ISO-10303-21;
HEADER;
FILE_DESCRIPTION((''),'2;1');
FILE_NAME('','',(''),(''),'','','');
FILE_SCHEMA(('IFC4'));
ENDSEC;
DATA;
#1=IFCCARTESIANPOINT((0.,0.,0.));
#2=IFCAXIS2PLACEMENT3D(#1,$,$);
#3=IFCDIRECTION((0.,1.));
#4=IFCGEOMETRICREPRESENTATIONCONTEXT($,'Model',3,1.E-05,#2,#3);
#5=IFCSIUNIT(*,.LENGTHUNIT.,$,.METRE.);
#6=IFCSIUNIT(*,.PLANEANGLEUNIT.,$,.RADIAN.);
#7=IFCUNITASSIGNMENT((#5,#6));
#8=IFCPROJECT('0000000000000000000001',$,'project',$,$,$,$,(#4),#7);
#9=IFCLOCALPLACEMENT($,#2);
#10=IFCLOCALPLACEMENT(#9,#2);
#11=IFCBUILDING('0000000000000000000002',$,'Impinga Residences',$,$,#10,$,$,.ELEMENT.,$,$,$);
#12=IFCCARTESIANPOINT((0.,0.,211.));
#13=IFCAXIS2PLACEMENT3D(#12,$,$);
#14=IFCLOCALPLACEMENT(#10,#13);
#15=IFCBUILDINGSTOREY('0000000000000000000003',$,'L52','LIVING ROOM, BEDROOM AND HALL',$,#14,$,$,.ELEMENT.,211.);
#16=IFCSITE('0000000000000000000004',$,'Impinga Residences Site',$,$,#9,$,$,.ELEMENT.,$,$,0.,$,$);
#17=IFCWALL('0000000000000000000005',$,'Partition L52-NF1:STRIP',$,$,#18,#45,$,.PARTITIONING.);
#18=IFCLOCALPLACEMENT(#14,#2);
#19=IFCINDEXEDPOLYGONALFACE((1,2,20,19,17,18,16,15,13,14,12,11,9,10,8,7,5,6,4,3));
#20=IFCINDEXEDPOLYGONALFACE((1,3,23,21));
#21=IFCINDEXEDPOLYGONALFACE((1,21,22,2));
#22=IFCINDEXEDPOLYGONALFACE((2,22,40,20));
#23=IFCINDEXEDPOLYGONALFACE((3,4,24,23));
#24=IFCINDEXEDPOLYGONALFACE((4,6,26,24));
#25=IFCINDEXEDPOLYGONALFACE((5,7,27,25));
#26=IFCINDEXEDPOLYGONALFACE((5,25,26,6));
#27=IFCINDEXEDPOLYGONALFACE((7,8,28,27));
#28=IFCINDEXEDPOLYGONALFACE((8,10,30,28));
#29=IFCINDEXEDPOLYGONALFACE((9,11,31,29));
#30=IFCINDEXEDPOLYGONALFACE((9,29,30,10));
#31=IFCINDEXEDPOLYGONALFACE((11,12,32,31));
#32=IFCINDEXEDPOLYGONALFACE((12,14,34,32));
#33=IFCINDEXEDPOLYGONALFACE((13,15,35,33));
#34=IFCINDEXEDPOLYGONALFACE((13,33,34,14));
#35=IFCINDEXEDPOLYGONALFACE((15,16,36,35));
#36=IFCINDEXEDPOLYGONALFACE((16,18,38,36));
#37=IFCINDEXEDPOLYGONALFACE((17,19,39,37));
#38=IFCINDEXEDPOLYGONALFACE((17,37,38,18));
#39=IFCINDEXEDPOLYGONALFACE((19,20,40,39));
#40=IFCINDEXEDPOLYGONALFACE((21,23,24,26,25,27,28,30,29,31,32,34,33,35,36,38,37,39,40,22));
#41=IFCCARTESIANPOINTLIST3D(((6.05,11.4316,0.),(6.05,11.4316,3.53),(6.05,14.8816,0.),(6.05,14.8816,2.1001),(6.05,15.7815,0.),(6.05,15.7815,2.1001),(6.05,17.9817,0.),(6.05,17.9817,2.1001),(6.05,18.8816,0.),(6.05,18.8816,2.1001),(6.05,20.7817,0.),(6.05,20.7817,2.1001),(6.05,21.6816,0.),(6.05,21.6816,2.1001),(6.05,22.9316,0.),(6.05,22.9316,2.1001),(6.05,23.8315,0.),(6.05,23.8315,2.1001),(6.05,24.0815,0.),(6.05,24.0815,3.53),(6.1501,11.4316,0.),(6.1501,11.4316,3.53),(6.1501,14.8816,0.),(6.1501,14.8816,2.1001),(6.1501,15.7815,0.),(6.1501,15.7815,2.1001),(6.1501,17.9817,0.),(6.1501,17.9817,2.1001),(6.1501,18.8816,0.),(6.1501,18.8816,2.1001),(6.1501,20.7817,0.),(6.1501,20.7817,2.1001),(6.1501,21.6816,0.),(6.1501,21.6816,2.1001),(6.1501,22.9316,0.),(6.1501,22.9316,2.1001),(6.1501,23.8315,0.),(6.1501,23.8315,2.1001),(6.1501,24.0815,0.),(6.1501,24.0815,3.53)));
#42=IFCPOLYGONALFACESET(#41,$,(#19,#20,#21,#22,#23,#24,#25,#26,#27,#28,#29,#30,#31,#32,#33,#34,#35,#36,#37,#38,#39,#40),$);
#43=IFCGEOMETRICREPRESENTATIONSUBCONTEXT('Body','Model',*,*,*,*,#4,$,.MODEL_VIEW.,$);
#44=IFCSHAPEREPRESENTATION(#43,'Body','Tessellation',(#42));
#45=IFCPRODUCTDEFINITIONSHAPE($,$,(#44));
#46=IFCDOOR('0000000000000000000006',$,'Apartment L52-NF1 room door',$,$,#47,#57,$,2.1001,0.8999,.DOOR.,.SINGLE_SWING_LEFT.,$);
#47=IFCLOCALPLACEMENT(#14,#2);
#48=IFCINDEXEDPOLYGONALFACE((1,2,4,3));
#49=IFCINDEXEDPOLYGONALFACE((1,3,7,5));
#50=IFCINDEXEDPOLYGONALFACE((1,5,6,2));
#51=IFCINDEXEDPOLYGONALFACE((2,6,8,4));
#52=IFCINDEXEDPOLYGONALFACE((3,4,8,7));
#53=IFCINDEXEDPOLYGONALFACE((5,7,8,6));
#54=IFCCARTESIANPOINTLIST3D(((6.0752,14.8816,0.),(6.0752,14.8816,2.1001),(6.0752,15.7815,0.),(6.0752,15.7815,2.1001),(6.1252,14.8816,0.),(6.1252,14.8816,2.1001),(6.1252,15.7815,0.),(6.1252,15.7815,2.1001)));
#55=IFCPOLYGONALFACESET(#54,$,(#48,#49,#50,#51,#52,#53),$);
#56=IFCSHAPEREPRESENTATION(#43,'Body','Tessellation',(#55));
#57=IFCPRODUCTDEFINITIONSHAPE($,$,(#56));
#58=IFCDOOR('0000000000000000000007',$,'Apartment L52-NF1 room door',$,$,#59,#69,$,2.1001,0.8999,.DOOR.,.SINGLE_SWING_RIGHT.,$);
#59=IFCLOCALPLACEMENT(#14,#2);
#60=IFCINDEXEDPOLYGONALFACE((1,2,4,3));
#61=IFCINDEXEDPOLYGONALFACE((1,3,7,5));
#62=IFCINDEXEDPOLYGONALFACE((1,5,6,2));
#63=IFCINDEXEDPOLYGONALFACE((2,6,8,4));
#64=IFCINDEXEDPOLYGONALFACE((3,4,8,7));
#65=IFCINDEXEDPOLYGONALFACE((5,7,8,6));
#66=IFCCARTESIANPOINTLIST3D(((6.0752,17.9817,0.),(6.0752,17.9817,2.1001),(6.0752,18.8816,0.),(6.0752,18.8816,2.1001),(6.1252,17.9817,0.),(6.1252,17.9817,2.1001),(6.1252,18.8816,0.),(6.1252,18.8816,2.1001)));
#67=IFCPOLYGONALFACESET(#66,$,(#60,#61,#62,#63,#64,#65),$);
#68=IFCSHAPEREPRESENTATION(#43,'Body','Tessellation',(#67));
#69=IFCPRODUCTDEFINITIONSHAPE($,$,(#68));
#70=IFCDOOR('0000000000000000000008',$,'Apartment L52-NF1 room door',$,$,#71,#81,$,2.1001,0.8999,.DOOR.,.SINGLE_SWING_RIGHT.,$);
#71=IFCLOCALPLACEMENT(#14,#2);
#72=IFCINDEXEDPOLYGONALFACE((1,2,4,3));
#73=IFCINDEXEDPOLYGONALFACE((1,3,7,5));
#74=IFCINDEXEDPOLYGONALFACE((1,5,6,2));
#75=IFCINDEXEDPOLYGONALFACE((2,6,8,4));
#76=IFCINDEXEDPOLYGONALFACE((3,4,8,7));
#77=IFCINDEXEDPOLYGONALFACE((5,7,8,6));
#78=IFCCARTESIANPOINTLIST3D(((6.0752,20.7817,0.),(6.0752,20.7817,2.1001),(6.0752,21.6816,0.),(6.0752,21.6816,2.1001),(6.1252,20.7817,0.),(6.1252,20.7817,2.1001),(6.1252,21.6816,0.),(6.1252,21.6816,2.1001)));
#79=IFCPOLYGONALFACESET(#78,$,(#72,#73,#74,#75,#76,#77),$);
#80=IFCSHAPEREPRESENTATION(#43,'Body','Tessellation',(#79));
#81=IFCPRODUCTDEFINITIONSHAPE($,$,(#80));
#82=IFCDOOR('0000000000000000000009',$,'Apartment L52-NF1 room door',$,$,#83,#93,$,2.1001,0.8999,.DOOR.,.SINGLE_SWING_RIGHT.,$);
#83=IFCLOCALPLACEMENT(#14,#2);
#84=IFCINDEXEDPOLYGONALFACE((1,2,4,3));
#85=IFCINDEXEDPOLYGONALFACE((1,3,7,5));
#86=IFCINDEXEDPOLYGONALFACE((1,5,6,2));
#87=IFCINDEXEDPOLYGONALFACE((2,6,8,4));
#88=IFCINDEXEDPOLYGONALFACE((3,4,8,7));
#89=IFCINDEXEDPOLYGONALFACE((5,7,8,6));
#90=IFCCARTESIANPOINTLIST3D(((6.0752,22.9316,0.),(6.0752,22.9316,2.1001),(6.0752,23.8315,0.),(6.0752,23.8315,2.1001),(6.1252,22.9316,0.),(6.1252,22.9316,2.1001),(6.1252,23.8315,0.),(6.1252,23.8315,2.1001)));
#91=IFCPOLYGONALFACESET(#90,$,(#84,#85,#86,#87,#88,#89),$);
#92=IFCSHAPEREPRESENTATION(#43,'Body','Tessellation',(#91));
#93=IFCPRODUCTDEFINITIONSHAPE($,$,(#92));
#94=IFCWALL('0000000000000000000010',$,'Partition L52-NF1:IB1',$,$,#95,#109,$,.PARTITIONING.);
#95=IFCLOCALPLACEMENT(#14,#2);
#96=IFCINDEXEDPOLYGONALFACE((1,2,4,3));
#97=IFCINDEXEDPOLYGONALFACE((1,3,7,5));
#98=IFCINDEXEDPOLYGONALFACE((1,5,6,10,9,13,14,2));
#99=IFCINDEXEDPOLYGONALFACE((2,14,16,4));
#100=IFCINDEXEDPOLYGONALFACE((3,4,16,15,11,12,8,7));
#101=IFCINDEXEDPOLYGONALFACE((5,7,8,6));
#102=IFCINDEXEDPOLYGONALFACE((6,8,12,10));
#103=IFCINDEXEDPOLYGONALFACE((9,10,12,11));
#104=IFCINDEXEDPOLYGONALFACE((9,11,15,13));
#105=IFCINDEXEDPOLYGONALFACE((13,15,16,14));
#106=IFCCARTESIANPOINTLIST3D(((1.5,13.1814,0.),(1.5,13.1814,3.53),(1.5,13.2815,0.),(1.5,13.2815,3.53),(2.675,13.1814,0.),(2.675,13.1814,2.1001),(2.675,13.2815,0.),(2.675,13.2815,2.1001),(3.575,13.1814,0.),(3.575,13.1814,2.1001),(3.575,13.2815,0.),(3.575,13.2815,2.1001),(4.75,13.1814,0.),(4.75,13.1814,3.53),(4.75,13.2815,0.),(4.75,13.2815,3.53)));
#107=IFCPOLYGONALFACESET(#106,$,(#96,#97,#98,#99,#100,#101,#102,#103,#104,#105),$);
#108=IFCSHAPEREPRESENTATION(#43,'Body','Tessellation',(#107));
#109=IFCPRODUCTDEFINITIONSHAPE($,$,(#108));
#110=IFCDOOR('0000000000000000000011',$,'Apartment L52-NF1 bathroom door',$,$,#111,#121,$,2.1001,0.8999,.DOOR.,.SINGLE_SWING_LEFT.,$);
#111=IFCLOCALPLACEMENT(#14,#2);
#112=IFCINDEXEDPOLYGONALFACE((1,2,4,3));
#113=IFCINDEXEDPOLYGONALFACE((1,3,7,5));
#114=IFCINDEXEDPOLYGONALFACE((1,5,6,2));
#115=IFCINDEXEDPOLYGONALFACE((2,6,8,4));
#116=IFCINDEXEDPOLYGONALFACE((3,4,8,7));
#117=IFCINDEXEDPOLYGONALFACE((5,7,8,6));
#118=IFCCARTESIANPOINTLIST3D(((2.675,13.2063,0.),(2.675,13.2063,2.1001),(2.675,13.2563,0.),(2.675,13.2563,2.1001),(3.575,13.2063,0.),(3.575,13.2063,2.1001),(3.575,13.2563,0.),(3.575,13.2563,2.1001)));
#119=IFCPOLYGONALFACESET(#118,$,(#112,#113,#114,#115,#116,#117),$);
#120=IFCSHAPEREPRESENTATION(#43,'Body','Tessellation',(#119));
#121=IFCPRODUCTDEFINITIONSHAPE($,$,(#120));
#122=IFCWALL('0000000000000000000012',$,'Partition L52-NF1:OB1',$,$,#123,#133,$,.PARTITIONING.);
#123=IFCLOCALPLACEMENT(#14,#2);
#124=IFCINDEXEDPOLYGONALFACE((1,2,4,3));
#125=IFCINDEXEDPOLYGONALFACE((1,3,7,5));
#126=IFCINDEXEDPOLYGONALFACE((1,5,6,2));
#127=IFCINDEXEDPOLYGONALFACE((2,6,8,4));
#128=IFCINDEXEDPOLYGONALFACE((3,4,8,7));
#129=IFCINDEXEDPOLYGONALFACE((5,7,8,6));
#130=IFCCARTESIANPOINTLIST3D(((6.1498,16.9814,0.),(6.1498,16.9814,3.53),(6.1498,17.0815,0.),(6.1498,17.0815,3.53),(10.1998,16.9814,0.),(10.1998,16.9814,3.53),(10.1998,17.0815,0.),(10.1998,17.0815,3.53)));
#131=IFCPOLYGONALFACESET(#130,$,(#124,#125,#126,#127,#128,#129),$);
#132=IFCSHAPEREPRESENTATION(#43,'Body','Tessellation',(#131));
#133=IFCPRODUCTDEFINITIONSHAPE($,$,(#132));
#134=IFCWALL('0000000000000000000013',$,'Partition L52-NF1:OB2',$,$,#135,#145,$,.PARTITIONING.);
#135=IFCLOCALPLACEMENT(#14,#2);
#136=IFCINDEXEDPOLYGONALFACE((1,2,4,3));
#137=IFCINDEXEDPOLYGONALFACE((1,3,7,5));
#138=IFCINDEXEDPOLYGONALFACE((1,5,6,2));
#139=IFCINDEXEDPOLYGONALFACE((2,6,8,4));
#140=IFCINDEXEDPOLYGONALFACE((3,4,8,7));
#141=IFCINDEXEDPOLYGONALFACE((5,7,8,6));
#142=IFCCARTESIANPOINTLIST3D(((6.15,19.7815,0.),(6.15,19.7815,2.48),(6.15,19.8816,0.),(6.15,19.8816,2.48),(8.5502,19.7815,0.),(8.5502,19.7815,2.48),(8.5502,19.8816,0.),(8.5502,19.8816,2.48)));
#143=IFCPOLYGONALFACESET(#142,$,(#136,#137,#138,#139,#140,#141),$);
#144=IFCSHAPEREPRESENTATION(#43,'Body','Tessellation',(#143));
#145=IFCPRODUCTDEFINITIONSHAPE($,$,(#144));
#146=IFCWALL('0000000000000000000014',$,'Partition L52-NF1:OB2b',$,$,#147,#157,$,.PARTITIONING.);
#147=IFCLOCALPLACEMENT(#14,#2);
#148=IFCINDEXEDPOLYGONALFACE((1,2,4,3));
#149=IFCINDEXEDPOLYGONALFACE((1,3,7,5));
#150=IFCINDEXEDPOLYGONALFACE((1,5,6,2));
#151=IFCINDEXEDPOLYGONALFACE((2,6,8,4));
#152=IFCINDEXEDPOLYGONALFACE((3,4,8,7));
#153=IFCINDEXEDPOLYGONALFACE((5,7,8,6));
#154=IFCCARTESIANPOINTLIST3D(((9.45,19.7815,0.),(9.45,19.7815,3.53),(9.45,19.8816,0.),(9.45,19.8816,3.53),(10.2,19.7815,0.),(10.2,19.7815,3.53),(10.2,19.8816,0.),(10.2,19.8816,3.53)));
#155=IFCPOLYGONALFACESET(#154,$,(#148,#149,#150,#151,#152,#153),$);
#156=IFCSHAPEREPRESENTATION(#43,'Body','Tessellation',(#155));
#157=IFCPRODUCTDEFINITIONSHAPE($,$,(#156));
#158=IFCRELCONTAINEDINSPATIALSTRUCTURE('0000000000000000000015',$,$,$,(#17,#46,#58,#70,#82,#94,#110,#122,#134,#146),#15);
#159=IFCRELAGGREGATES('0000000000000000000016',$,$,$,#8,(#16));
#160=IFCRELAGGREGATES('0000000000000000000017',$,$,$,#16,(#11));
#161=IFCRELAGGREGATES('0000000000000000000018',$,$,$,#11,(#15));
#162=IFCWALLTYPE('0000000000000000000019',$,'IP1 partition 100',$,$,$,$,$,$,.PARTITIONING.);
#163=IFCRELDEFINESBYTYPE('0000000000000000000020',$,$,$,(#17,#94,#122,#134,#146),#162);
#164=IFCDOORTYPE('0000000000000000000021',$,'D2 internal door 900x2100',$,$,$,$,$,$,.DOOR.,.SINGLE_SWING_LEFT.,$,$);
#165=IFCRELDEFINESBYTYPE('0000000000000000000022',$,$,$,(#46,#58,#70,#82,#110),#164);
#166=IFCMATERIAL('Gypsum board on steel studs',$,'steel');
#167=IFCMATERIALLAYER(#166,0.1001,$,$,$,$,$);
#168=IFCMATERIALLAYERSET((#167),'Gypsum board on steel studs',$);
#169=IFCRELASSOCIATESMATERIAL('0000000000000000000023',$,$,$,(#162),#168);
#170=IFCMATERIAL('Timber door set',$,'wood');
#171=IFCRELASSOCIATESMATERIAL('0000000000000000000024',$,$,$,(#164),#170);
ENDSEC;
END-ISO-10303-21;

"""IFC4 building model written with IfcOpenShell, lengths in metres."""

from ifc_helpers import new_model, si_unit, direction, frame, frame_2d, origin, place, context, subcontext, project, spatial, rectangle, extrude, material, layer, layer_set, type_object, element, fill, save


model = new_model("IFC4")

# Units and contexts
model_context = context("Model", 3, precision=1e-05, world=origin(), true_north=direction((0.0, 1.0)))
body_context = subcontext(model_context, "Body", "Model", "MODEL_VIEW")
ifc_project = project(units=[si_unit("LENGTHUNIT", "METRE"), si_unit("PLANEANGLEUNIT", "RADIAN")], contexts=[model_context])

# Site, building, storey
site_placement = place(None, origin())
site = spatial("IfcSite", under=ifc_project, at=site_placement, Name="Impinga Residences Site", CompositionType="ELEMENT", RefElevation=0.0)
building_placement = place(site_placement, origin())
building = spatial("IfcBuilding", under=site, at=building_placement, Name="Impinga Residences", CompositionType="ELEMENT")
storey_placement = place(building_placement, frame((0.0, 0.0, 211.0)))
storey = spatial("IfcBuildingStorey", under=building, at=storey_placement, Name="L52", Description="LIVING ROOM, BEDROOM AND HALL", CompositionType="ELEMENT", Elevation=211.0)

# Shared definitions
ifc_material_1 = material(Name="Timber door set", Category="wood")

# Shared definitions
ifc_material_2 = material(Name="Gypsum board on steel studs", Category="steel")
ifc_layer_1 = layer(ifc_material_2, 0.1001)
ifc_layer_set_1 = layer_set([ifc_layer_1], Name="Gypsum board on steel studs")
wall_type_1 = type_object("IfcWallType", Name="IP1 partition 100", PredefinedType="PARTITIONING", material=ifc_layer_set_1)

# Wall, openings, doors
wall_1_placement = place(storey_placement, frame((6.1001, 11.4316, 0.0), z_axis=(0.0, 0.0, 1.0), x_axis=(0.0, 1.0, 0.0)))
wall_1 = element("IfcWall", 1, at=wall_1_placement, inside=storey, type_object=wall_type_1, Name="Partition L52-NF1:STRIP", PredefinedType="PARTITIONING", context=body_context, shape_type="SweptSolid", body=[
    extrude(rectangle(XDim=12.6499, YDim=0.1001, at=frame_2d((6.325, 0.0))), origin(), (0.0, 0.0, 1.0), 3.53),
])
opening_1_placement = place(wall_1_placement, frame((3.45, 0.0, 0.0)))
opening_1 = element("IfcOpeningElement", 2, at=opening_1_placement, cuts=wall_1, PredefinedType="OPENING", context=body_context, shape_type="SweptSolid", body=[
    extrude(rectangle(XDim=0.8999, YDim=2.1001, at=frame_2d((0.45, 1.05))), frame((0.0, 0.0601, 0.0), z_axis=(0.0, -1.0, 0.0), x_axis=(1.0, 0.0, 0.0)), (0.0, 0.0, 1.0), 0.1201),
])
opening_2_placement = place(wall_1_placement, frame((6.55, 0.0, 0.0)))
opening_2 = element("IfcOpeningElement", 3, at=opening_2_placement, cuts=wall_1, PredefinedType="OPENING", context=body_context, shape_type="SweptSolid", body=[
    extrude(rectangle(XDim=0.8999, YDim=2.1001, at=frame_2d((0.45, 1.05))), frame((0.0, 0.0601, 0.0), z_axis=(0.0, -1.0, 0.0), x_axis=(1.0, 0.0, 0.0)), (0.0, 0.0, 1.0), 0.1201),
])
opening_3_placement = place(wall_1_placement, frame((9.3501, 0.0, 0.0)))
opening_3 = element("IfcOpeningElement", 4, at=opening_3_placement, cuts=wall_1, PredefinedType="OPENING", context=body_context, shape_type="SweptSolid", body=[
    extrude(rectangle(XDim=0.8999, YDim=2.1001, at=frame_2d((0.45, 1.05))), frame((0.0, 0.0601, 0.0), z_axis=(0.0, -1.0, 0.0), x_axis=(1.0, 0.0, 0.0)), (0.0, 0.0, 1.0), 0.1201),
])
opening_4_placement = place(wall_1_placement, frame((11.5, 0.0, 0.0)))
opening_4 = element("IfcOpeningElement", 5, at=opening_4_placement, cuts=wall_1, PredefinedType="OPENING", context=body_context, shape_type="SweptSolid", body=[
    extrude(rectangle(XDim=0.8999, YDim=2.1001, at=frame_2d((0.45, 1.05))), frame((0.0, 0.0601, 0.0), z_axis=(0.0, -1.0, 0.0), x_axis=(1.0, 0.0, 0.0)), (0.0, 0.0, 1.0), 0.1201),
])
door_type_1 = type_object("IfcDoorType", Name="D2 internal door 900x2100", OperationType="SINGLE_SWING_LEFT", PredefinedType="DOOR", material=ifc_material_1)
door_1_placement = place(opening_1_placement, origin())
door_1 = element("IfcDoor", 6, at=door_1_placement, inside=storey, type_object=door_type_1, Name="Apartment L52-NF1 room door", OperationType="SINGLE_SWING_LEFT", OverallHeight=2.1001, OverallWidth=0.8999, PredefinedType="DOOR", context=body_context, shape_type="SweptSolid", body=[
    extrude(rectangle(XDim=0.8999, YDim=2.1001, at=frame_2d((0.45, 1.05))), frame((0.0, 0.0249, 0.0), z_axis=(0.0, -1.0, 0.0), x_axis=(1.0, 0.0, 0.0)), (0.0, 0.0, 1.0), 0.05),
])
fill(opening_1, door_1)
door_2_placement = place(opening_2_placement, origin())
door_2 = element("IfcDoor", 7, at=door_2_placement, inside=storey, type_object=door_type_1, Name="Apartment L52-NF1 room door", OperationType="SINGLE_SWING_RIGHT", OverallHeight=2.1001, OverallWidth=0.8999, PredefinedType="DOOR", context=body_context, shape_type="SweptSolid", body=[
    extrude(rectangle(XDim=0.8999, YDim=2.1001, at=frame_2d((0.45, 1.05))), frame((0.0, 0.0249, 0.0), z_axis=(0.0, -1.0, 0.0), x_axis=(1.0, 0.0, 0.0)), (0.0, 0.0, 1.0), 0.05),
])
fill(opening_2, door_2)
door_3_placement = place(opening_3_placement, origin())
door_3 = element("IfcDoor", 8, at=door_3_placement, inside=storey, type_object=door_type_1, Name="Apartment L52-NF1 room door", OperationType="SINGLE_SWING_RIGHT", OverallHeight=2.1001, OverallWidth=0.8999, PredefinedType="DOOR", context=body_context, shape_type="SweptSolid", body=[
    extrude(rectangle(XDim=0.8999, YDim=2.1001, at=frame_2d((0.45, 1.05))), frame((0.0, 0.0249, 0.0), z_axis=(0.0, -1.0, 0.0), x_axis=(1.0, 0.0, 0.0)), (0.0, 0.0, 1.0), 0.05),
])
fill(opening_3, door_3)
door_4_placement = place(opening_4_placement, origin())
door_4 = element("IfcDoor", 9, at=door_4_placement, inside=storey, type_object=door_type_1, Name="Apartment L52-NF1 room door", OperationType="SINGLE_SWING_RIGHT", OverallHeight=2.1001, OverallWidth=0.8999, PredefinedType="DOOR", context=body_context, shape_type="SweptSolid", body=[
    extrude(rectangle(XDim=0.8999, YDim=2.1001, at=frame_2d((0.45, 1.05))), frame((0.0, 0.0249, 0.0), z_axis=(0.0, -1.0, 0.0), x_axis=(1.0, 0.0, 0.0)), (0.0, 0.0, 1.0), 0.05),
])
fill(opening_4, door_4)

# Wall, opening, door
wall_2_placement = place(storey_placement, frame((1.5, 13.2314, 0.0), z_axis=(0.0, 0.0, 1.0), x_axis=(1.0, 0.0, 0.0)))
wall_2 = element("IfcWall", 10, at=wall_2_placement, inside=storey, type_object=wall_type_1, Name="Partition L52-NF1:IB1", PredefinedType="PARTITIONING", context=body_context, shape_type="SweptSolid", body=[
    extrude(rectangle(XDim=3.25, YDim=0.1001, at=frame_2d((1.625, 0.0))), origin(), (0.0, 0.0, 1.0), 3.53),
])
opening_5_placement = place(wall_2_placement, frame((1.175, 0.0, 0.0)))
opening_5 = element("IfcOpeningElement", 11, at=opening_5_placement, cuts=wall_2, PredefinedType="OPENING", context=body_context, shape_type="SweptSolid", body=[
    extrude(rectangle(XDim=0.8999, YDim=2.1001, at=frame_2d((0.45, 1.05))), frame((0.0, 0.0601, 0.0), z_axis=(0.0, -1.0, 0.0), x_axis=(1.0, 0.0, 0.0)), (0.0, 0.0, 1.0), 0.1201),
])
door_5_placement = place(opening_5_placement, origin())
door_5 = element("IfcDoor", 12, at=door_5_placement, inside=storey, type_object=door_type_1, Name="Apartment L52-NF1 bathroom door", OperationType="SINGLE_SWING_LEFT", OverallHeight=2.1001, OverallWidth=0.8999, PredefinedType="DOOR", context=body_context, shape_type="SweptSolid", body=[
    extrude(rectangle(XDim=0.8999, YDim=2.1001, at=frame_2d((0.45, 1.05))), frame((0.0, 0.0249, 0.0), z_axis=(0.0, -1.0, 0.0), x_axis=(1.0, 0.0, 0.0)), (0.0, 0.0, 1.0), 0.05),
])
fill(opening_5, door_5)

# Walls
wall_3_placement = place(storey_placement, frame((6.1499, 17.0315, 0.0), z_axis=(0.0, 0.0, 1.0), x_axis=(1.0, 0.0, 0.0)))
element("IfcWall", 13, at=wall_3_placement, inside=storey, type_object=wall_type_1, Name="Partition L52-NF1:OB1", PredefinedType="PARTITIONING", context=body_context, shape_type="SweptSolid", body=[
    extrude(rectangle(XDim=4.05, YDim=0.1001, at=frame_2d((2.0249, 0.0))), origin(), (0.0, 0.0, 1.0), 3.53),
])
wall_4_placement = place(storey_placement, frame((6.1499, 19.8315, 0.0), z_axis=(0.0, 0.0, 1.0), x_axis=(1.0, 0.0, 0.0)))
element("IfcWall", 14, at=wall_4_placement, inside=storey, type_object=wall_type_1, Name="Partition L52-NF1:OB2", PredefinedType="PARTITIONING", context=body_context, shape_type="SweptSolid", body=[
    extrude(rectangle(XDim=2.4001, YDim=0.1001, at=frame_2d((1.2002, 0.0))), origin(), (0.0, 0.0, 1.0), 2.48),
])
wall_5_placement = place(storey_placement, frame((9.45, 19.8315, 0.0), z_axis=(0.0, 0.0, 1.0), x_axis=(1.0, 0.0, 0.0)))
element("IfcWall", 15, at=wall_5_placement, inside=storey, type_object=wall_type_1, Name="Partition L52-NF1:OB2b", PredefinedType="PARTITIONING", context=body_context, shape_type="SweptSolid", body=[
    extrude(rectangle(XDim=0.75, YDim=0.1001, at=frame_2d((0.375, 0.0))), origin(), (0.0, 0.0, 1.0), 3.53),
])

save(model, "model.ifc")
